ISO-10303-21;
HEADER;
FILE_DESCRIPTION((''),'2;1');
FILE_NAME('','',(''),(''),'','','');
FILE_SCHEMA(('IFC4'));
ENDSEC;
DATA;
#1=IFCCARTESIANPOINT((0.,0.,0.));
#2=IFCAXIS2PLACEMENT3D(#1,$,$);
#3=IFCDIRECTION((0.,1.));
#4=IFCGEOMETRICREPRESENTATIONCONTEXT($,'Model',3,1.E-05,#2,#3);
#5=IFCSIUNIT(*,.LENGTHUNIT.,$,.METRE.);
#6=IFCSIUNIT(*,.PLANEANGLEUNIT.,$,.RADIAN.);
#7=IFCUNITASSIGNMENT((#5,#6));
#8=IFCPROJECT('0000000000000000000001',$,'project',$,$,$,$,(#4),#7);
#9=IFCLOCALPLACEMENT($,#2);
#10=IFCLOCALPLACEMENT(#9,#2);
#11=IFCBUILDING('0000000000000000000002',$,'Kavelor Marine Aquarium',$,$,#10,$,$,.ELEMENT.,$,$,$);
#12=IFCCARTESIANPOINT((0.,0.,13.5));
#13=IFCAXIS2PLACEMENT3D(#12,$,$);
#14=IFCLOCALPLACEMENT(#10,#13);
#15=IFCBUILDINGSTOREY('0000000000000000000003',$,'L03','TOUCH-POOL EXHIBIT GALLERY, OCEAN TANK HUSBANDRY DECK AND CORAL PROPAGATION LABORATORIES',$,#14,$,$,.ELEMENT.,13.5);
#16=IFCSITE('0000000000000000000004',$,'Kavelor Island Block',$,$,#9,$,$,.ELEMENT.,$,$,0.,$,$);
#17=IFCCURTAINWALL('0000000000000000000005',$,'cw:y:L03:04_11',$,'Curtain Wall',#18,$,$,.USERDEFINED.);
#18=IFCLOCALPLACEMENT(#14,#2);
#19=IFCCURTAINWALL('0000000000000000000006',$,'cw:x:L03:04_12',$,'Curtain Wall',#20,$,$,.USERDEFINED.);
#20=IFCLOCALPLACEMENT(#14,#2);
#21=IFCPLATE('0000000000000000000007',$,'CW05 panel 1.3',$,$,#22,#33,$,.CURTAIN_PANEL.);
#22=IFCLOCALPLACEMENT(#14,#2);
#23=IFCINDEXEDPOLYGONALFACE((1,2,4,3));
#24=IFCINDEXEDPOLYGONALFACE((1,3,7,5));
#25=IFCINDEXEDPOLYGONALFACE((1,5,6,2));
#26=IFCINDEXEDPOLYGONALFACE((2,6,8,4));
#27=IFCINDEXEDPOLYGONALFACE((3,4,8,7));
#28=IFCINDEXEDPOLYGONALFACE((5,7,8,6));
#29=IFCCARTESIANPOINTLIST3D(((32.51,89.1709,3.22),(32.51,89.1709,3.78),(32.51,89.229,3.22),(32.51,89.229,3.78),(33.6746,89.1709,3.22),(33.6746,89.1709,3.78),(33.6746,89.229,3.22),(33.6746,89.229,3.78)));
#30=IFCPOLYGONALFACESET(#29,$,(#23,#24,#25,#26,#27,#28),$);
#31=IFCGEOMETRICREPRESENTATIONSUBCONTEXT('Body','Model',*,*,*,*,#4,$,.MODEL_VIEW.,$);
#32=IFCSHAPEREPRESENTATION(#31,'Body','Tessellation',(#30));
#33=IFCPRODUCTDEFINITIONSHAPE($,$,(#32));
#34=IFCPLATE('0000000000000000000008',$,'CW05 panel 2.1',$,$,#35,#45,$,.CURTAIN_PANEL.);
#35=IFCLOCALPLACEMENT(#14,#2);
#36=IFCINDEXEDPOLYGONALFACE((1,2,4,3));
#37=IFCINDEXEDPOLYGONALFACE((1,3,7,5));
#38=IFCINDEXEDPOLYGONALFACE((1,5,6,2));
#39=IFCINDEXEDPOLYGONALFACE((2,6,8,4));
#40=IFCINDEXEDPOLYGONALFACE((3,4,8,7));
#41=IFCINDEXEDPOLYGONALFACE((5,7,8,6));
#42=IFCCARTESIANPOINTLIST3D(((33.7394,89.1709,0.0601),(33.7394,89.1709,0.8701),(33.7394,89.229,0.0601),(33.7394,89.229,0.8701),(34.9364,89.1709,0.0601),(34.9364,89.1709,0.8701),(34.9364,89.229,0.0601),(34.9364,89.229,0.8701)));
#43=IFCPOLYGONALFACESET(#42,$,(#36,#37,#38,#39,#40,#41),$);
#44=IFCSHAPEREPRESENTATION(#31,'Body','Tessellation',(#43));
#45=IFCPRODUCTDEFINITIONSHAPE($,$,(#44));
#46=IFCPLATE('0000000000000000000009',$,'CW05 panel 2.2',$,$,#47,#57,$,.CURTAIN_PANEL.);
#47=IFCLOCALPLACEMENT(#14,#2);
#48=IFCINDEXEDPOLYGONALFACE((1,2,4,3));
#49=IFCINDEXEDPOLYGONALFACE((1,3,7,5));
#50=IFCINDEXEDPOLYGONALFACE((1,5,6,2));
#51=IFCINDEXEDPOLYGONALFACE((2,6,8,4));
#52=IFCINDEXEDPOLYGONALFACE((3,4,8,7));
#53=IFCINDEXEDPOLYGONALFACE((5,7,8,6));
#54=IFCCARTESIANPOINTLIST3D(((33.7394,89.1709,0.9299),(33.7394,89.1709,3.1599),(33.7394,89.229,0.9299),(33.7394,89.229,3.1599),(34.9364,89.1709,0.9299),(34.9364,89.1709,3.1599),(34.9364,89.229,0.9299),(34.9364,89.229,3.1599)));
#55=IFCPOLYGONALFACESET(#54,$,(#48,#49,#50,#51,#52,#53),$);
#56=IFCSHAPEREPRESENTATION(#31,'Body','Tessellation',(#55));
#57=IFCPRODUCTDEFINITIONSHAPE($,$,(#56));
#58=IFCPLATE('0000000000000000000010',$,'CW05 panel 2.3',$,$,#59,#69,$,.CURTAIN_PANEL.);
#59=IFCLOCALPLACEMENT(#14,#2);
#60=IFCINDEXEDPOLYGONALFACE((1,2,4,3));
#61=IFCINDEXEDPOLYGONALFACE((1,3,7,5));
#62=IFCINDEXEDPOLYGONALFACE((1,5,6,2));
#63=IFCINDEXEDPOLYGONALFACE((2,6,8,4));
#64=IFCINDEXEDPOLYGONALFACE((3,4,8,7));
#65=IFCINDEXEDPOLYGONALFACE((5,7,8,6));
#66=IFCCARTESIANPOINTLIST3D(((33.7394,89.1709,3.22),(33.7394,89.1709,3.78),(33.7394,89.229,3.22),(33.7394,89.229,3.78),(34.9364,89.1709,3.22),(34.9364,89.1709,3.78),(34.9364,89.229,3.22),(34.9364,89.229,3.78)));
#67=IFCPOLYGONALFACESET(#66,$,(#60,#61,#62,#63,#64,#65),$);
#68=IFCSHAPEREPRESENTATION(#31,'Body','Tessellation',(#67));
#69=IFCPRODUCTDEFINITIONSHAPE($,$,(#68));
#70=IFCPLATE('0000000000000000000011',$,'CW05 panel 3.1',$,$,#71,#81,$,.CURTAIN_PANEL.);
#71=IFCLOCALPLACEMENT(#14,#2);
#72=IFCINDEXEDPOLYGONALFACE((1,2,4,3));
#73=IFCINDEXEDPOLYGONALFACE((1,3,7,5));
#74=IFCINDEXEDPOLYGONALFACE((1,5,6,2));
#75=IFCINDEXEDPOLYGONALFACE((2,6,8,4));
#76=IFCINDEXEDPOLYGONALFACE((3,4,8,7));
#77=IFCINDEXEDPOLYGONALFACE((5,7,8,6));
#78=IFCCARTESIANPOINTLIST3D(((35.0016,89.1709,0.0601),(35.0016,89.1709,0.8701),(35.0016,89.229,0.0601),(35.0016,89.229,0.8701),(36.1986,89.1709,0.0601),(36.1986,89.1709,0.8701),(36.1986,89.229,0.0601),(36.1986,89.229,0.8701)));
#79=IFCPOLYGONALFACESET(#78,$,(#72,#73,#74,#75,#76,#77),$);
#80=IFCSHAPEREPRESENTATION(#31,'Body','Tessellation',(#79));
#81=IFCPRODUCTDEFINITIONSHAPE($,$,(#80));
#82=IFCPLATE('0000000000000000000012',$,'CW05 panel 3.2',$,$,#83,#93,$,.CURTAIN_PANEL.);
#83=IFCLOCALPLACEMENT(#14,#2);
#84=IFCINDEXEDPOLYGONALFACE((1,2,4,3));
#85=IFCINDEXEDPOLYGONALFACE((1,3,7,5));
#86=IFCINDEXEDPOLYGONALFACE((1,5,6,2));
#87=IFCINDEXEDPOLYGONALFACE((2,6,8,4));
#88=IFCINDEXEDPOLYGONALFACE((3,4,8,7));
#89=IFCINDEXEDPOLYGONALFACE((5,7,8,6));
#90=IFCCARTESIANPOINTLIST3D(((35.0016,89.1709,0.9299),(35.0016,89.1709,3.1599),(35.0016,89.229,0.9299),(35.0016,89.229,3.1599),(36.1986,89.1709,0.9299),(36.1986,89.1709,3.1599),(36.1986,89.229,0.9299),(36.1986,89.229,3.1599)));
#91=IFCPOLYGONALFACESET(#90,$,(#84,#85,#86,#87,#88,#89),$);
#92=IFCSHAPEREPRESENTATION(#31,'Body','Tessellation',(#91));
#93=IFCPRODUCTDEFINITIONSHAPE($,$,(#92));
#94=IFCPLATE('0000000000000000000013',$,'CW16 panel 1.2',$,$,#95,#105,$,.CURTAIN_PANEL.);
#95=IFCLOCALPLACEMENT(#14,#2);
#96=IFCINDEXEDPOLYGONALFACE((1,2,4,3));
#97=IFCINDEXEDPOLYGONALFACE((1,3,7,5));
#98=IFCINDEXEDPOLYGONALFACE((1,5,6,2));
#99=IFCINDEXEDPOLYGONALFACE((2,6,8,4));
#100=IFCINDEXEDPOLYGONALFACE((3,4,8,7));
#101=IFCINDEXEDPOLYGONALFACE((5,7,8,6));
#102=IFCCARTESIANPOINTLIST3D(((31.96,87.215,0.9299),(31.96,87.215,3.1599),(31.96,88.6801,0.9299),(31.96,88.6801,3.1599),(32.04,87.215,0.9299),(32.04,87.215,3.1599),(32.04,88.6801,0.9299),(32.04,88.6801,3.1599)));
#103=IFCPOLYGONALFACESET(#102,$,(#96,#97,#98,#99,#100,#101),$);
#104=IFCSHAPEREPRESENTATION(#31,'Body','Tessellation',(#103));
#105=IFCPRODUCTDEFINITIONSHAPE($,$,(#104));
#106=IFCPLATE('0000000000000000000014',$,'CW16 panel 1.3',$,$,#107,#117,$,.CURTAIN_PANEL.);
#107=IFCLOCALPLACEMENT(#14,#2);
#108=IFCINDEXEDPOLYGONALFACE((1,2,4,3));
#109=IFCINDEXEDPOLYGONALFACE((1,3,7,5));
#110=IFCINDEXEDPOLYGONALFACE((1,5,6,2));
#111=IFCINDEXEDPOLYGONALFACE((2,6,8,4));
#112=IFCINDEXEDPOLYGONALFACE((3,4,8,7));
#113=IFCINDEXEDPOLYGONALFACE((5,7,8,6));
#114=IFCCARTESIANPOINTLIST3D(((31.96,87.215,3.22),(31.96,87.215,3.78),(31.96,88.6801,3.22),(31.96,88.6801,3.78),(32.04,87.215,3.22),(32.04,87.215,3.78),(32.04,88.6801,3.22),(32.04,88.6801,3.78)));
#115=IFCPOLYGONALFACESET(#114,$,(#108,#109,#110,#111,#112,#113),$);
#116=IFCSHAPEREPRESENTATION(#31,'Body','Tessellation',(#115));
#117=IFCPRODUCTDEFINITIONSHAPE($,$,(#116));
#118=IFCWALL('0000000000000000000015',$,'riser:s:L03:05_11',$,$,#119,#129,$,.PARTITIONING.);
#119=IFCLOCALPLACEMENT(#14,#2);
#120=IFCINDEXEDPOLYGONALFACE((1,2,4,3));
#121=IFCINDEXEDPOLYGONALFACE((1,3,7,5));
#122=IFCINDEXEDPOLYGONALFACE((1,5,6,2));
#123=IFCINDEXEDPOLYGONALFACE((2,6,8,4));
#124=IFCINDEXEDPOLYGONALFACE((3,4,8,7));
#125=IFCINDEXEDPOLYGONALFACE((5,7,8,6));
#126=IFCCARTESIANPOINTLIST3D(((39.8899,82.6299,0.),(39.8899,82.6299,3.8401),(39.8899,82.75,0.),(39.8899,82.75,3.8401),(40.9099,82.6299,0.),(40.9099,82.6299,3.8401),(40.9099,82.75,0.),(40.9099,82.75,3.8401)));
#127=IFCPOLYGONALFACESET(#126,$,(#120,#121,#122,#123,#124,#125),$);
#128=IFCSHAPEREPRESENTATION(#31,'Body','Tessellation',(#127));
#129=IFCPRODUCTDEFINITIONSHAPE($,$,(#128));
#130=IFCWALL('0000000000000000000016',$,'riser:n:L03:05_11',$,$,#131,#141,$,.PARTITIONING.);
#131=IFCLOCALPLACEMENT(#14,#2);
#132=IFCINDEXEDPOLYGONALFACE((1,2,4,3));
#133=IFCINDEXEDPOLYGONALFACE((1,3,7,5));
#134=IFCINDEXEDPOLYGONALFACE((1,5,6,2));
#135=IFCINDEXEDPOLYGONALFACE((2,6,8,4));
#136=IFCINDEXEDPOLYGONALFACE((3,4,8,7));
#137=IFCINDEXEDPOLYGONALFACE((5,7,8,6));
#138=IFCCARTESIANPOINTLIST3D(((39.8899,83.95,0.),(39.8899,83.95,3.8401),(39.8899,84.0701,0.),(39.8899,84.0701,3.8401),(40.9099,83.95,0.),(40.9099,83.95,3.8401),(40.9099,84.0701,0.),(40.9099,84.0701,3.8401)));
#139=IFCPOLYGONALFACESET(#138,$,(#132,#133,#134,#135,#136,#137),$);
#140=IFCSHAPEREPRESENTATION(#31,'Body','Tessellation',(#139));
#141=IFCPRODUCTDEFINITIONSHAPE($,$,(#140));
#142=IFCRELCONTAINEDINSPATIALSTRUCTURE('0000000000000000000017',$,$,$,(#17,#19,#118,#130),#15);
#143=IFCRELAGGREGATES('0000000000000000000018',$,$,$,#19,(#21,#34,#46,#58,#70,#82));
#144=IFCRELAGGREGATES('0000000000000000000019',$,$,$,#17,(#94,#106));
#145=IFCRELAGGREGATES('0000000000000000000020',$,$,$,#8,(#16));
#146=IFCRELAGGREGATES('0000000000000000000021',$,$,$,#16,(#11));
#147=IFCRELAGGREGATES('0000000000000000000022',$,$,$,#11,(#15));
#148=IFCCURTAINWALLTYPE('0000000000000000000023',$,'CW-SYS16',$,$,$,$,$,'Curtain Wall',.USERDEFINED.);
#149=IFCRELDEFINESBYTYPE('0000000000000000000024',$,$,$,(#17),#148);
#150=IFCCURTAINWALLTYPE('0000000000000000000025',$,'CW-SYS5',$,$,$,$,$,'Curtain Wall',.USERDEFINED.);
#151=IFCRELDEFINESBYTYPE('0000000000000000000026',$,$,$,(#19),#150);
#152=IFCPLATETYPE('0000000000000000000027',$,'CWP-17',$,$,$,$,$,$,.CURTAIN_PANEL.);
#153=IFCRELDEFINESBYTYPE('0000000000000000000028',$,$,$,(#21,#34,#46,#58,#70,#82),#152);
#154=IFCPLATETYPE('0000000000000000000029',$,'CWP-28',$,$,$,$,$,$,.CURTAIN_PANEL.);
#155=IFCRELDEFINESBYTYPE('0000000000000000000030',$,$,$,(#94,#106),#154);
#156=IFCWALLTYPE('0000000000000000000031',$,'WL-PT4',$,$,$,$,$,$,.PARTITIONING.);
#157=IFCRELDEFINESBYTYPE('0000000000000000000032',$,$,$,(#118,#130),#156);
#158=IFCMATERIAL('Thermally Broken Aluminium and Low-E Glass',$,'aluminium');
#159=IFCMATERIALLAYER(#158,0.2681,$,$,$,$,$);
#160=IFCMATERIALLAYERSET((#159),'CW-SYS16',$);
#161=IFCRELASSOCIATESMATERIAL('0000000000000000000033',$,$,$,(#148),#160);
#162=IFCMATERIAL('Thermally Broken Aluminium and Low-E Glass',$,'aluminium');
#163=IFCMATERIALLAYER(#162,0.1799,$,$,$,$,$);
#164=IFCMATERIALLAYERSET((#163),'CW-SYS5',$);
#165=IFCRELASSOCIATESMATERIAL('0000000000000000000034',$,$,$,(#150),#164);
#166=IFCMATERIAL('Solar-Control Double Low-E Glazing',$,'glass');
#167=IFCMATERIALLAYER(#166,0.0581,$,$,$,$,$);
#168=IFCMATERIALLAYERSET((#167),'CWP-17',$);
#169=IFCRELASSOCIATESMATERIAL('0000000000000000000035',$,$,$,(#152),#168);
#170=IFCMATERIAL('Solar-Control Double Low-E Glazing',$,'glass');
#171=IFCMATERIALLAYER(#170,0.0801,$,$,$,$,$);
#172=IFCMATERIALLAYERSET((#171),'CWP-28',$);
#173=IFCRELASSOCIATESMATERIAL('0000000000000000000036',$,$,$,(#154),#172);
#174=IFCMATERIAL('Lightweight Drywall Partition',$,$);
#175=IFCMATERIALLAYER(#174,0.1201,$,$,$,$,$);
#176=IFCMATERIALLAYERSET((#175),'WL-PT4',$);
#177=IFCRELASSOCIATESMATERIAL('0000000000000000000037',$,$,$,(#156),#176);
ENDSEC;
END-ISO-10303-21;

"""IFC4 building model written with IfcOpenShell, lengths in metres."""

from ifc_helpers import new_model, si_unit, direction, frame, frame_2d, origin, origin_2d, place, context, subcontext, project, spatial, rectangle, extrude, material, layer, layer_set, type_object, element, aggregate, save


model = new_model("IFC4")

# Units and contexts
model_context = context("Model", 3, precision=1e-05, world=origin(), true_north=direction((0.0, 1.0)))
body_context = subcontext(model_context, "Body", "Model", "MODEL_VIEW")
ifc_project = project(units=[si_unit("LENGTHUNIT", "METRE"), si_unit("PLANEANGLEUNIT", "RADIAN")], contexts=[model_context])

# Site, building, storey
site_placement = place(None, origin())
site = spatial("IfcSite", under=ifc_project, at=site_placement, Name="Kavelor Island Block", CompositionType="ELEMENT", RefElevation=0.0)
building_placement = place(site_placement, origin())
building = spatial("IfcBuilding", under=site, at=building_placement, Name="Kavelor Marine Aquarium", CompositionType="ELEMENT")
storey_placement = place(building_placement, frame((0.0, 0.0, 13.5)))
storey = spatial("IfcBuildingStorey", under=building, at=storey_placement, Name="L03", Description="TOUCH-POOL EXHIBIT GALLERY, OCEAN TANK HUSBANDRY DECK AND CORAL PROPAGATION LABORATORIES", CompositionType="ELEMENT", Elevation=13.5)

# Curtain wall
ifc_material_1 = material(Name="Thermally Broken Aluminium and Low-E Glass", Category="aluminium")
ifc_layer_1 = layer(ifc_material_1, 0.2681)
ifc_layer_set_1 = layer_set([ifc_layer_1], Name="CW-SYS16")
curtain_wall_type_1 = type_object("IfcCurtainWallType", Name="CW-SYS16", ElementType="Curtain Wall", PredefinedType="USERDEFINED", material=ifc_layer_set_1)
curtain_wall_1_placement = place(storey_placement, origin())
curtain_wall_1 = element("IfcCurtainWall", 1, at=curtain_wall_1_placement, inside=storey, type_object=curtain_wall_type_1, Name="cw:y:L03:04_11", ObjectType="Curtain Wall", PredefinedType="USERDEFINED")

# Curtain wall
ifc_material_2 = material(Name="Thermally Broken Aluminium and Low-E Glass", Category="aluminium")
ifc_layer_2 = layer(ifc_material_2, 0.1799)
ifc_layer_set_2 = layer_set([ifc_layer_2], Name="CW-SYS5")
curtain_wall_type_2 = type_object("IfcCurtainWallType", Name="CW-SYS5", ElementType="Curtain Wall", PredefinedType="USERDEFINED", material=ifc_layer_set_2)
curtain_wall_2_placement = place(storey_placement, origin())
curtain_wall_2 = element("IfcCurtainWall", 2, at=curtain_wall_2_placement, inside=storey, type_object=curtain_wall_type_2, Name="cw:x:L03:04_12", ObjectType="Curtain Wall", PredefinedType="USERDEFINED")

# Plates
ifc_material_3 = material(Name="Solar-Control Double Low-E Glazing", Category="glass")
ifc_layer_3 = layer(ifc_material_3, 0.0581)
ifc_layer_set_3 = layer_set([ifc_layer_3], Name="CWP-17")
plate_type_1 = type_object("IfcPlateType", Name="CWP-17", PredefinedType="CURTAIN_PANEL", material=ifc_layer_set_3)
plate_1_placement = place(storey_placement, frame((33.0923, 89.2, 3.22), z_axis=(0.0, 0.0, 1.0), x_axis=(1.0, 0.0, 0.0)))
plate_1 = element("IfcPlate", 3, at=plate_1_placement, type_object=plate_type_1, Name="CW05 panel 1.3", PredefinedType="CURTAIN_PANEL", context=body_context, shape_type="SweptSolid", body=[
    extrude(rectangle(XDim=1.1646, YDim=0.0581, at=origin_2d()), origin(), (0.0, 0.0, 1.0), 0.5601),
])
plate_2_placement = place(storey_placement, frame((34.3379, 89.2, 0.0601), z_axis=(0.0, 0.0, 1.0), x_axis=(1.0, 0.0, 0.0)))
plate_2 = element("IfcPlate", 4, at=plate_2_placement, type_object=plate_type_1, Name="CW05 panel 2.1", PredefinedType="CURTAIN_PANEL", context=body_context, shape_type="SweptSolid", body=[
    extrude(rectangle(XDim=1.197, YDim=0.0581, at=origin_2d()), origin(), (0.0, 0.0, 1.0), 0.8101),
])
plate_3_placement = place(storey_placement, frame((34.3379, 89.2, 0.9299), z_axis=(0.0, 0.0, 1.0), x_axis=(1.0, 0.0, 0.0)))
plate_3 = element("IfcPlate", 5, at=plate_3_placement, type_object=plate_type_1, Name="CW05 panel 2.2", PredefinedType="CURTAIN_PANEL", context=body_context, shape_type="SweptSolid", body=[
    extrude(rectangle(XDim=1.197, YDim=0.0581, at=origin_2d()), origin(), (0.0, 0.0, 1.0), 2.23),
])
plate_4_placement = place(storey_placement, frame((34.3379, 89.2, 3.22), z_axis=(0.0, 0.0, 1.0), x_axis=(1.0, 0.0, 0.0)))
plate_4 = element("IfcPlate", 6, at=plate_4_placement, type_object=plate_type_1, Name="CW05 panel 2.3", PredefinedType="CURTAIN_PANEL", context=body_context, shape_type="SweptSolid", body=[
    extrude(rectangle(XDim=1.197, YDim=0.0581, at=origin_2d()), origin(), (0.0, 0.0, 1.0), 0.5601),
])
plate_5_placement = place(storey_placement, frame((35.6001, 89.2, 0.0601), z_axis=(0.0, 0.0, 1.0), x_axis=(1.0, 0.0, 0.0)))
plate_5 = element("IfcPlate", 7, at=plate_5_placement, type_object=plate_type_1, Name="CW05 panel 3.1", PredefinedType="CURTAIN_PANEL", context=body_context, shape_type="SweptSolid", body=[
    extrude(rectangle(XDim=1.197, YDim=0.0581, at=origin_2d()), origin(), (0.0, 0.0, 1.0), 0.8101),
])
plate_6_placement = place(storey_placement, frame((35.6001, 89.2, 0.9299), z_axis=(0.0, 0.0, 1.0), x_axis=(1.0, 0.0, 0.0)))
plate_6 = element("IfcPlate", 8, at=plate_6_placement, type_object=plate_type_1, Name="CW05 panel 3.2", PredefinedType="CURTAIN_PANEL", context=body_context, shape_type="SweptSolid", body=[
    extrude(rectangle(XDim=1.197, YDim=0.0581, at=origin_2d()), origin(), (0.0, 0.0, 1.0), 2.23),
])
aggregate(curtain_wall_2, [plate_1, plate_2, plate_3, plate_4, plate_5, plate_6])
ifc_material_4 = material(Name="Solar-Control Double Low-E Glazing", Category="glass")
ifc_layer_4 = layer(ifc_material_4, 0.0801)
ifc_layer_set_4 = layer_set([ifc_layer_4], Name="CWP-28")
plate_type_2 = type_object("IfcPlateType", Name="CWP-28", PredefinedType="CURTAIN_PANEL", material=ifc_layer_set_4)
plate_7_placement = place(storey_placement, frame((32.0, 87.9475, 0.9299), z_axis=(0.0, 0.0, 1.0), x_axis=(0.0, -1.0, 0.0)))
plate_7 = element("IfcPlate", 9, at=plate_7_placement, type_object=plate_type_2, Name="CW16 panel 1.2", PredefinedType="CURTAIN_PANEL", context=body_context, shape_type="SweptSolid", body=[
    extrude(rectangle(XDim=1.4651, YDim=0.0801, at=origin_2d()), origin(), (0.0, 0.0, 1.0), 2.23),
])
plate_8_placement = place(storey_placement, frame((32.0, 87.9475, 3.22), z_axis=(0.0, 0.0, 1.0), x_axis=(0.0, -1.0, 0.0)))
plate_8 = element("IfcPlate", 10, at=plate_8_placement, type_object=plate_type_2, Name="CW16 panel 1.3", PredefinedType="CURTAIN_PANEL", context=body_context, shape_type="SweptSolid", body=[
    extrude(rectangle(XDim=1.4651, YDim=0.0801, at=origin_2d()), origin(), (0.0, 0.0, 1.0), 0.5601),
])
aggregate(curtain_wall_1, [plate_7, plate_8])

# Walls
ifc_material_5 = material(Name="Lightweight Drywall Partition")
ifc_layer_5 = layer(ifc_material_5, 0.1201)
ifc_layer_set_5 = layer_set([ifc_layer_5], Name="WL-PT4")
wall_type = type_object("IfcWallType", Name="WL-PT4", PredefinedType="PARTITIONING", material=ifc_layer_set_5)
for number, where, z_axis, x_axis, name in (
    (11, (39.8899, 82.6899, 0.0), (0.0, 0.0, 1.0), (1.0, 0.0, 0.0), "riser:s:L03:05_11"),
    (12, (39.8899, 84.01, 0.0), (0.0, 0.0, 1.0), (1.0, 0.0, 0.0), "riser:n:L03:05_11"),
):
    element("IfcWall", number, at=place(storey_placement, frame(where, z_axis=z_axis, x_axis=x_axis)), inside=storey, type_object=wall_type, Name=name, PredefinedType="PARTITIONING", context=body_context, shape_type="SweptSolid", body=[
        extrude(rectangle(XDim=1.02, YDim=0.1201, at=frame_2d((0.51, 0.0))), origin(), (0.0, 0.0, 1.0), 3.8401),
    ])

save(model, "model.ifc")
